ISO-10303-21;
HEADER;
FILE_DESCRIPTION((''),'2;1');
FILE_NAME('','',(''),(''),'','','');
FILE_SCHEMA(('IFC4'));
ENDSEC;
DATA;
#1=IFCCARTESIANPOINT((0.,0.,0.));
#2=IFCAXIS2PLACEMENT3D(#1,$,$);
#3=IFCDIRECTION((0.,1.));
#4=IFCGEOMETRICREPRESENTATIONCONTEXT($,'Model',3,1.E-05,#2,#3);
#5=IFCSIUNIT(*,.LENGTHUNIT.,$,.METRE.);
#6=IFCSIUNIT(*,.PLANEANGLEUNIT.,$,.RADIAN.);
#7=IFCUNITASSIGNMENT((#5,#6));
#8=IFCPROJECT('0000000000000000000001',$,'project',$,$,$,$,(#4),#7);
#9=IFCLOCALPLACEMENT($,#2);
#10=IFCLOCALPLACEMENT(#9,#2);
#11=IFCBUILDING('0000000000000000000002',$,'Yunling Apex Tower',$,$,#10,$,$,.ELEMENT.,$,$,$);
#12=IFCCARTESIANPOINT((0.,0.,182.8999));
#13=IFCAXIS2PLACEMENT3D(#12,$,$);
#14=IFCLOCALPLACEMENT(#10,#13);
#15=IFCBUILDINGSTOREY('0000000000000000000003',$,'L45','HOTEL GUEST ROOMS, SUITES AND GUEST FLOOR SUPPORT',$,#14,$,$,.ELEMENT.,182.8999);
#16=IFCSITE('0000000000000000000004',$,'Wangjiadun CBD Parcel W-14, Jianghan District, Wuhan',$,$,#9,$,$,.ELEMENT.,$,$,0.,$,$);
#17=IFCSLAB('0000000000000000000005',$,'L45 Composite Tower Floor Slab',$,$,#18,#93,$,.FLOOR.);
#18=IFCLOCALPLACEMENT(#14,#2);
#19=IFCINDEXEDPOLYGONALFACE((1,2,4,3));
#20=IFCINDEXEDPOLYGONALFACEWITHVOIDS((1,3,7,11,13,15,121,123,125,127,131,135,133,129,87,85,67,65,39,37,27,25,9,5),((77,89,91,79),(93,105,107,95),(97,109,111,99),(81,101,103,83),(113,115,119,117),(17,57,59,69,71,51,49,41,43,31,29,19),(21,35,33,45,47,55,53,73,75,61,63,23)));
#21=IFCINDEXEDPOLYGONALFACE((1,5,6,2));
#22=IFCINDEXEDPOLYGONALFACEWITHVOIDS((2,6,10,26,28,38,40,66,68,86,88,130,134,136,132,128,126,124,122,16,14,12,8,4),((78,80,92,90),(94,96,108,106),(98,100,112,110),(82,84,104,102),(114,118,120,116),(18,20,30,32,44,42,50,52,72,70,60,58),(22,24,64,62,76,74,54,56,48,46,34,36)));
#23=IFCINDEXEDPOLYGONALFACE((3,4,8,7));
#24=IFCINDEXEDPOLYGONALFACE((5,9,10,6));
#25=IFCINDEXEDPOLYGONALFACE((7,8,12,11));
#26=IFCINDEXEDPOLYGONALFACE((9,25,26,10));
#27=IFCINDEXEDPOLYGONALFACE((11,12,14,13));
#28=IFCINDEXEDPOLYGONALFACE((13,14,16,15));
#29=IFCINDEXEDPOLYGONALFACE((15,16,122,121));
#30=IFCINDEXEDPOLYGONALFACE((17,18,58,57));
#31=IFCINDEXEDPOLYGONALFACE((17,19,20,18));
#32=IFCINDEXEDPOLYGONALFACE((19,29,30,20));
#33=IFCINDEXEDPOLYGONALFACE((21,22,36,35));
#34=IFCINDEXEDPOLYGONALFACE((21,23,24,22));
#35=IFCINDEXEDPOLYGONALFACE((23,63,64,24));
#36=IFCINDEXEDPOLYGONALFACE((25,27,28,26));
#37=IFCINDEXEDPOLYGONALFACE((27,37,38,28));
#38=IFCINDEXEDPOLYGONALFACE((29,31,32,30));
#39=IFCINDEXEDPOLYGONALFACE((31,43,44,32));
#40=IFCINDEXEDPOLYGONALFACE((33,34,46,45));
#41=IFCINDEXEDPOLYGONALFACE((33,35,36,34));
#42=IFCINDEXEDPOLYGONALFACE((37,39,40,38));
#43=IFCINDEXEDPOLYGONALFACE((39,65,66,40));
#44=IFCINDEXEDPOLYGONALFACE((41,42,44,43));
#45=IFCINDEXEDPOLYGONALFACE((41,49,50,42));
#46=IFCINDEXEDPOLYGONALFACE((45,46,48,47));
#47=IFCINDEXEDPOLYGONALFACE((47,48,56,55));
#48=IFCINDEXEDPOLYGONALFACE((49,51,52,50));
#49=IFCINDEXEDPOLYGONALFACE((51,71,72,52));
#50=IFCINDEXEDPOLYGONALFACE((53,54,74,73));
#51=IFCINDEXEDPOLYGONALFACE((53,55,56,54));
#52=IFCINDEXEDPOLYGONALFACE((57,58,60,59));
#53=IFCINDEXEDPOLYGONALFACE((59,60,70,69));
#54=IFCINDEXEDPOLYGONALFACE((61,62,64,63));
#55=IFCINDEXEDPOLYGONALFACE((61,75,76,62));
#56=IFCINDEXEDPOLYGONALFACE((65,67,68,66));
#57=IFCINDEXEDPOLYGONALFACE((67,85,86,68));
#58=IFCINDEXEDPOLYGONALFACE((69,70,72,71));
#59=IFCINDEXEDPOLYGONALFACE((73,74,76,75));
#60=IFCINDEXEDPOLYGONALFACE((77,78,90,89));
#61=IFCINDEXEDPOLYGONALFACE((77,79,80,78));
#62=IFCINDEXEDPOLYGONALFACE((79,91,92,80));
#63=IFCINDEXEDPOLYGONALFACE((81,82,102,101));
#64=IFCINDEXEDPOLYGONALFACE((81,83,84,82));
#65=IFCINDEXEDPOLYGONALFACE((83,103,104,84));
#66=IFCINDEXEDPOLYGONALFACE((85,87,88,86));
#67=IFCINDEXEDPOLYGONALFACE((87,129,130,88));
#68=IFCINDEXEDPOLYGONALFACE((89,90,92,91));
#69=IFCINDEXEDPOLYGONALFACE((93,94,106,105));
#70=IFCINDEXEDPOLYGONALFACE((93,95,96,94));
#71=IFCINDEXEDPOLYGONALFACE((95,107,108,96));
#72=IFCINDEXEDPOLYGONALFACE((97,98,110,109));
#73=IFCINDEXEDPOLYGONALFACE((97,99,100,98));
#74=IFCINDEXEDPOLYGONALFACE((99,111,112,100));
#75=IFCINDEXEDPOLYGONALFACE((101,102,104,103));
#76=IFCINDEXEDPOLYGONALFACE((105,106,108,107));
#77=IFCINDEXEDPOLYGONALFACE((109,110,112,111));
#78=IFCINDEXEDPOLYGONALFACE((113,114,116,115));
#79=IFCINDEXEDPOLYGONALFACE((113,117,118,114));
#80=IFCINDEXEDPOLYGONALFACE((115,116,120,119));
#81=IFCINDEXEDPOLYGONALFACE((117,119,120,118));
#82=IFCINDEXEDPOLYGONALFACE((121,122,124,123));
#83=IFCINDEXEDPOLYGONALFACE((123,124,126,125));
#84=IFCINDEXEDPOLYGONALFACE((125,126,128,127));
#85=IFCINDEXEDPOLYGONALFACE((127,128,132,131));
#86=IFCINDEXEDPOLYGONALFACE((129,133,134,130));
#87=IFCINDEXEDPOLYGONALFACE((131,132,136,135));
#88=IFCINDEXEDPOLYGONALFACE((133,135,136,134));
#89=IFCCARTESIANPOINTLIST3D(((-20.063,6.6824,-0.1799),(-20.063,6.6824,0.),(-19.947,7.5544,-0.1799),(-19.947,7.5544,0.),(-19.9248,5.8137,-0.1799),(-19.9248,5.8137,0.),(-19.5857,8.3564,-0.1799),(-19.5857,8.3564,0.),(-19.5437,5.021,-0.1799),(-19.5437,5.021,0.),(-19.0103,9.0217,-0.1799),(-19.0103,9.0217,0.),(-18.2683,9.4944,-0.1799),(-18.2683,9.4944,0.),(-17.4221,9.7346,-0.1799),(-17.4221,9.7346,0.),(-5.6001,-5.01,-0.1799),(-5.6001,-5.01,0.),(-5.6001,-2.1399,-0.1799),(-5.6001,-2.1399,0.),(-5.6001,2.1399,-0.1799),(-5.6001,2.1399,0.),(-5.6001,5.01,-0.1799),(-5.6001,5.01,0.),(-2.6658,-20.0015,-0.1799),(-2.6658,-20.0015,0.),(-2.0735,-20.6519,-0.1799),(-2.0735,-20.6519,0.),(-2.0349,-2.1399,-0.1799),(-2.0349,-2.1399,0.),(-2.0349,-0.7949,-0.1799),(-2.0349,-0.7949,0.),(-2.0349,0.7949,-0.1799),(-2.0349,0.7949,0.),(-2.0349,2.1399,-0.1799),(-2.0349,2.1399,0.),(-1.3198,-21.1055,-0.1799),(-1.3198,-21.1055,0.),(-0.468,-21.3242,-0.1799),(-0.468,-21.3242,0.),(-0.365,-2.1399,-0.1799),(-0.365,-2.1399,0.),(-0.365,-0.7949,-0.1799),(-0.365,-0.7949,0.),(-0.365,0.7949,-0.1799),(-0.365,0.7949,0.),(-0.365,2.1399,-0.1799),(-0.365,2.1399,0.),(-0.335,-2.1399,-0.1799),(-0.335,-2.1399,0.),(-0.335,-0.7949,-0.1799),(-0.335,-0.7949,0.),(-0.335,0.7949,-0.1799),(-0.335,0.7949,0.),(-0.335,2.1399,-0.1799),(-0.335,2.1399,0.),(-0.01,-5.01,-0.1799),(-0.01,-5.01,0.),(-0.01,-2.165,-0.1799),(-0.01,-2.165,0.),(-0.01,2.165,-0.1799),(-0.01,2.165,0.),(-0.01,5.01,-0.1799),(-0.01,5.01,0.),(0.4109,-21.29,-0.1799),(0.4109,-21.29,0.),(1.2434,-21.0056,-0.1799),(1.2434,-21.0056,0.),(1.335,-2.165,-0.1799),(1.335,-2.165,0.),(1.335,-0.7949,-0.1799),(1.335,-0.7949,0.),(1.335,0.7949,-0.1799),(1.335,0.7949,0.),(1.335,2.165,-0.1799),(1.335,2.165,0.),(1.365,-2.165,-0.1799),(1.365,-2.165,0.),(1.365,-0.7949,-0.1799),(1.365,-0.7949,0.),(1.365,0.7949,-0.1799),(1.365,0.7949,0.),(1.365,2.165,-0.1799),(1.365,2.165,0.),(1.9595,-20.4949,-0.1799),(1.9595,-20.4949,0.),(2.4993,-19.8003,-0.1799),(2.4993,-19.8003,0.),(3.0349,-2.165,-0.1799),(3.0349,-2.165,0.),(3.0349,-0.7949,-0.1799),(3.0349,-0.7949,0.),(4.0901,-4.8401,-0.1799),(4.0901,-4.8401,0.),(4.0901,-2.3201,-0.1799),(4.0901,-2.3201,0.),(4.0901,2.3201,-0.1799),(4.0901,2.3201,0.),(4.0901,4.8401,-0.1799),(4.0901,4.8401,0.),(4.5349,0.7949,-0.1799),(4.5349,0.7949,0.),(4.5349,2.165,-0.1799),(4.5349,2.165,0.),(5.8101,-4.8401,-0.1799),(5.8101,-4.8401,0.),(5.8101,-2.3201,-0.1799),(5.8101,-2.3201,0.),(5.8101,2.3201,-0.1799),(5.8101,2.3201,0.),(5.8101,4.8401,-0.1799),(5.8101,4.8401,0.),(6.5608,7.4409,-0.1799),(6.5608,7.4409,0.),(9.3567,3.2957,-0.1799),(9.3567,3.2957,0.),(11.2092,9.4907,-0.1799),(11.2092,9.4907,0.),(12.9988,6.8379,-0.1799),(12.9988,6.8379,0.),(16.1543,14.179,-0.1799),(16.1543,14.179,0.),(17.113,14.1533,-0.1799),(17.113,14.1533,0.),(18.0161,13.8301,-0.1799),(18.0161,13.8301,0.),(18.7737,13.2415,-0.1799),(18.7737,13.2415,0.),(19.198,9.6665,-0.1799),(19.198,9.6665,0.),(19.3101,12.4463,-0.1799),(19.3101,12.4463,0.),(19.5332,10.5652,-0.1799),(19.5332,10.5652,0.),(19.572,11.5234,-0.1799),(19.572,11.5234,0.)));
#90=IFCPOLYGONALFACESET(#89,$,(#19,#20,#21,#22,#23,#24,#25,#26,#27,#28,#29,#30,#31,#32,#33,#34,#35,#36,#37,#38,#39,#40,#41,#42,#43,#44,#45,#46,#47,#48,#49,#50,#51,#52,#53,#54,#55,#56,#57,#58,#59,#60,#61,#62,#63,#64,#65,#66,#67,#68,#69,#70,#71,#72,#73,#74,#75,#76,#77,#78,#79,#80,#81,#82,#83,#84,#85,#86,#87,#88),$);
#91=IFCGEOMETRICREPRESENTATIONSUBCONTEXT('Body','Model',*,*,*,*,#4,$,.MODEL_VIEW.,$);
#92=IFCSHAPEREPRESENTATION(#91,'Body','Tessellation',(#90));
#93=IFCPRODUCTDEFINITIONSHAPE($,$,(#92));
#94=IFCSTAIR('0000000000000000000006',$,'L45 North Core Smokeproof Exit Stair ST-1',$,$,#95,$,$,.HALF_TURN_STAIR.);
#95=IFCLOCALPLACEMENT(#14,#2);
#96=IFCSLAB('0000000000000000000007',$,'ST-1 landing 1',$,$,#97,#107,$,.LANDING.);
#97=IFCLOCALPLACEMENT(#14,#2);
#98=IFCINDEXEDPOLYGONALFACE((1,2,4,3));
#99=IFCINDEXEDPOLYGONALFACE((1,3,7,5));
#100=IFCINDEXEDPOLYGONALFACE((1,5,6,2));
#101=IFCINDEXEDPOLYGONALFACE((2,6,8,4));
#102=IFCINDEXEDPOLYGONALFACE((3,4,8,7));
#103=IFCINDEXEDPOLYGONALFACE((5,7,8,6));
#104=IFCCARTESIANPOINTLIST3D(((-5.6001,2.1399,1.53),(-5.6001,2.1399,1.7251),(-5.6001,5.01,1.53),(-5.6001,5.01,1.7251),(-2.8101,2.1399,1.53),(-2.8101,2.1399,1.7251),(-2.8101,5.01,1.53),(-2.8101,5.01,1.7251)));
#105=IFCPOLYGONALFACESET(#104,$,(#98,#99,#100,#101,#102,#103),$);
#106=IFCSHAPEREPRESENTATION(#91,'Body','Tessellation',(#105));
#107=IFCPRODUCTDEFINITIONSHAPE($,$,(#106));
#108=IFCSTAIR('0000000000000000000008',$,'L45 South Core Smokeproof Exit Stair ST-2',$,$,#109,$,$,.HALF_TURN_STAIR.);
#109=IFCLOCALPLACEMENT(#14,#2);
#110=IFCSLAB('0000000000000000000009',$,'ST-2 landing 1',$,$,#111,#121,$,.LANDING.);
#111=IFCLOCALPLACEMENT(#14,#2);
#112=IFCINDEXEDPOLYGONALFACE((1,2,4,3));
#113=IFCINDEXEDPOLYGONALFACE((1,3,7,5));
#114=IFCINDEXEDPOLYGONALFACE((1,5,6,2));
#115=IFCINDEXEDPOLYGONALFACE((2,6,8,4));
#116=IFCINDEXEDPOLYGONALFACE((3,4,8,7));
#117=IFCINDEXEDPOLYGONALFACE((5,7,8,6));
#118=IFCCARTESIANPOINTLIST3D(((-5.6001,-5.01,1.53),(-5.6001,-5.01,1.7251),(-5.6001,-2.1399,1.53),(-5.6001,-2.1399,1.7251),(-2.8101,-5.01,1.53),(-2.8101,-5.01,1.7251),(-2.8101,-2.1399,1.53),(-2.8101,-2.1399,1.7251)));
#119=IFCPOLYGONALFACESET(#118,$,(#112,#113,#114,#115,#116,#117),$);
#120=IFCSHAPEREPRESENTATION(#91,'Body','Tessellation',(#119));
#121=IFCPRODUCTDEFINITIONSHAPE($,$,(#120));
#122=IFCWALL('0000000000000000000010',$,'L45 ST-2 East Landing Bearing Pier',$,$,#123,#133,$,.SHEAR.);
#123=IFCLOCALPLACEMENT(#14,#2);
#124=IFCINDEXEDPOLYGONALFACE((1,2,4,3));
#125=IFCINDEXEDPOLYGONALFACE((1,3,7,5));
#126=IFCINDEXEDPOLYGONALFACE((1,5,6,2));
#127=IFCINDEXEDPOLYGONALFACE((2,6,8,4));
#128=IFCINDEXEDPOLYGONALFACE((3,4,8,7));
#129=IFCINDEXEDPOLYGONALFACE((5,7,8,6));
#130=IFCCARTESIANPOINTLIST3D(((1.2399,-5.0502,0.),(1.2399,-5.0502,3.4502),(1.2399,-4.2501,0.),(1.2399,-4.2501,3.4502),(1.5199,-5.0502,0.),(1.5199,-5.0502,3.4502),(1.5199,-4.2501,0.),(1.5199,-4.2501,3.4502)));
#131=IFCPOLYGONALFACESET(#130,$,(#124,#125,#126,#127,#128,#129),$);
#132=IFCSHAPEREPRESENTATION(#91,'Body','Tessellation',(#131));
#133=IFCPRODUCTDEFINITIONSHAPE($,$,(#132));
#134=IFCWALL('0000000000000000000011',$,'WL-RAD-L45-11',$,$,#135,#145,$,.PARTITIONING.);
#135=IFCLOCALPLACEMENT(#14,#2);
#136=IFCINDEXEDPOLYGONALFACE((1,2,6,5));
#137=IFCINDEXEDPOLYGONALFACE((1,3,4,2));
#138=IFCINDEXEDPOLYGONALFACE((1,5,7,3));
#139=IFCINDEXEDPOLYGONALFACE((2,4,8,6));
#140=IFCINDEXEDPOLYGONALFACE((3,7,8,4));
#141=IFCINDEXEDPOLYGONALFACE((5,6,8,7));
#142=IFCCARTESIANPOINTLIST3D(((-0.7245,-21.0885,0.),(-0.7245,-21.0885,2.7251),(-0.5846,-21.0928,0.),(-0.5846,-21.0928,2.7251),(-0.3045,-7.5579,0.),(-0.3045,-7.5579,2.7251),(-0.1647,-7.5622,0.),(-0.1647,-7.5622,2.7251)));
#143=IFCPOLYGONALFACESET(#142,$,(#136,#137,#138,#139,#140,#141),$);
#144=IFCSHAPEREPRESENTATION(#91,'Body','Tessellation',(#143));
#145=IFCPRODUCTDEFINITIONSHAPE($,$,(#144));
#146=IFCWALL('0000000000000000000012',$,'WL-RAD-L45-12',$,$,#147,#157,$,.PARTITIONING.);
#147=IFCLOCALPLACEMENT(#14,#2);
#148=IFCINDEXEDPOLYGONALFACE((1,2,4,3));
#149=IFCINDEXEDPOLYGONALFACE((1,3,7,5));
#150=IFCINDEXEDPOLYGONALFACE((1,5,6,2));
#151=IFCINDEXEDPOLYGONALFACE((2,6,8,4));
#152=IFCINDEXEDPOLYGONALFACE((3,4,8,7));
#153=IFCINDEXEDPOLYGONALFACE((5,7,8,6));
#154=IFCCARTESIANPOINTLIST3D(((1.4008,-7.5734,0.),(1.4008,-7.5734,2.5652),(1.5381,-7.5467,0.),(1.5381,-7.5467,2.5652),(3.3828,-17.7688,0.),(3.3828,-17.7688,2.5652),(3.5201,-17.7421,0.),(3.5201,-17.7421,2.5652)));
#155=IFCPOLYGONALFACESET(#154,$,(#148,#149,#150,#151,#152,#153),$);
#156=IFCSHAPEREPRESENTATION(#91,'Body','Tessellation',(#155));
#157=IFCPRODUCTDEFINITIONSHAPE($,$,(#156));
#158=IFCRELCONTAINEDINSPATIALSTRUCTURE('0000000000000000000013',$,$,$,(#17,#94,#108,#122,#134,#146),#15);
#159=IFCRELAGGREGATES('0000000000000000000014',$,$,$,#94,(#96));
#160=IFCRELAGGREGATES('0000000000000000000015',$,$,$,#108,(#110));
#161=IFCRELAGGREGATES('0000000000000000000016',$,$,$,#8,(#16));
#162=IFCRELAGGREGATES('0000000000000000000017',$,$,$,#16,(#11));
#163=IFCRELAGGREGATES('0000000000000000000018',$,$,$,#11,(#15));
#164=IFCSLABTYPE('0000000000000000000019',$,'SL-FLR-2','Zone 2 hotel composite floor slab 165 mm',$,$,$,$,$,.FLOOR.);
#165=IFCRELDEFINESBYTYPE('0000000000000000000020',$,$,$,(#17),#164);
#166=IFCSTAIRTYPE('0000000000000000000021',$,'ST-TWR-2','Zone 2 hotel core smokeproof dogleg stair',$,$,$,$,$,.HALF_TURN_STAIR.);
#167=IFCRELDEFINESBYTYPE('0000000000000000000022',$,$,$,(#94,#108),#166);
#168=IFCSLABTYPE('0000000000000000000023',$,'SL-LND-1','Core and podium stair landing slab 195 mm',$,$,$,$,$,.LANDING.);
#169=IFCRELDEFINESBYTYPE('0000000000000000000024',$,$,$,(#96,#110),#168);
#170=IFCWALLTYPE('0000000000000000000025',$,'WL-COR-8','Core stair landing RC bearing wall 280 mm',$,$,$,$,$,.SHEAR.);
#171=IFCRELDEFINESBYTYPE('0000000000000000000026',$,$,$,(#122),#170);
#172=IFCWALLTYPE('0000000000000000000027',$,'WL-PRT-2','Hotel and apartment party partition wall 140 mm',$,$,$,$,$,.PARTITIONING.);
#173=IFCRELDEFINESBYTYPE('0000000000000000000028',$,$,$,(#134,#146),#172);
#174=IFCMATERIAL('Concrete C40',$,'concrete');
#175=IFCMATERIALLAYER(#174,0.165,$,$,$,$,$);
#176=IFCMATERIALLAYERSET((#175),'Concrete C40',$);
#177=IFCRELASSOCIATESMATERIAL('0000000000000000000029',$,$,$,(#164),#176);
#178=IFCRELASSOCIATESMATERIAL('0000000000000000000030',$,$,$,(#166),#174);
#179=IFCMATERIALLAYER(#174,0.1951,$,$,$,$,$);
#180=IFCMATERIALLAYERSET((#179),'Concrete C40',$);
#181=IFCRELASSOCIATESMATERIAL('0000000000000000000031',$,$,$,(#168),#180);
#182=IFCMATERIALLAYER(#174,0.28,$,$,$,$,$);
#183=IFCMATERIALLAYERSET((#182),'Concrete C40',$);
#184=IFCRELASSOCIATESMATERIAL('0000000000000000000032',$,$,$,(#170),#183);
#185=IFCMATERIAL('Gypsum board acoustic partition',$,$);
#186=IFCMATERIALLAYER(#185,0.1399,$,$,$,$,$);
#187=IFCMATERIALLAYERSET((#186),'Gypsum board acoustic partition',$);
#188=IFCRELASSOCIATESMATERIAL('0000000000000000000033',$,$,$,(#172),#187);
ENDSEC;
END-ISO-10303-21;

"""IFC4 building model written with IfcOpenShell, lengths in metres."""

from ifc_helpers import new_model, si_unit, direction, frame, frame_2d, origin, place, context, subcontext, project, spatial, polyline, rectangle, outline, extrude, material, layer, layer_set, type_object, element, aggregate, save


model = new_model("IFC4")

# Units and contexts
model_context = context("Model", 3, precision=1e-05, world=origin(), true_north=direction((0.0, 1.0)))
body_context = subcontext(model_context, "Body", "Model", "MODEL_VIEW")
ifc_project = project(units=[si_unit("LENGTHUNIT", "METRE"), si_unit("PLANEANGLEUNIT", "RADIAN")], contexts=[model_context])

# Site, building, storey
site_placement = place(None, origin())
site = spatial("IfcSite", under=ifc_project, at=site_placement, Name="Wangjiadun CBD Parcel W-14, Jianghan District, Wuhan", CompositionType="ELEMENT", RefElevation=0.0)
building_placement = place(site_placement, origin())
building = spatial("IfcBuilding", under=site, at=building_placement, Name="Yunling Apex Tower", CompositionType="ELEMENT")
storey_placement = place(building_placement, frame((0.0, 0.0, 182.8999)))
storey = spatial("IfcBuildingStorey", under=building, at=storey_placement, Name="L45", Description="HOTEL GUEST ROOMS, SUITES AND GUEST FLOOR SUPPORT", CompositionType="ELEMENT", Elevation=182.8999)

# Slab
ifc_material_1 = material(Name="Concrete C40", Category="concrete")
ifc_layer_1 = layer(ifc_material_1, 0.165)
ifc_layer_set_1 = layer_set([ifc_layer_1], Name="Concrete C40")
slab_type_1 = type_object("IfcSlabType", Name="SL-FLR-2", Description="Zone 2 hotel composite floor slab 165 mm", PredefinedType="FLOOR", material=ifc_layer_set_1)
slab_1_placement = place(storey_placement, frame((0.0, 0.0, -0.1799)))
element("IfcSlab", 1, at=slab_1_placement, inside=storey, type_object=slab_type_1, Name="L45 Composite Tower Floor Slab", PredefinedType="FLOOR", context=body_context, shape_type="SweptSolid", body=[
    extrude(outline(polyline([(-2.6658, -20.0015), (-2.0735, -20.6519), (-1.3198, -21.1055), (-0.468, -21.3242), (0.4109, -21.29), (1.2434, -21.0056), (1.9595, -20.4949), (2.4993, -19.8003), (19.198, 9.6665), (19.5332, 10.5652), (19.572, 11.5234), (19.3101, 12.4463), (18.7737, 13.2415), (18.0161, 13.8301), (17.113, 14.1533), (16.1543, 14.179), (-17.4221, 9.7346), (-18.2683, 9.4944), (-19.0103, 9.0217), (-19.5857, 8.3564), (-19.947, 7.5544), (-20.063, 6.6824), (-19.9248, 5.8137), (-19.5437, 5.021), (-2.6658, -20.0015)]), holes=[polyline([(11.2092, 9.4907), (12.9988, 6.8379), (9.3567, 3.2957), (6.5608, 7.4409), (11.2092, 9.4907)]), polyline([(4.0901, -2.3201), (5.8101, -2.3201), (5.8101, -4.8401), (4.0901, -4.8401), (4.0901, -2.3201)]), polyline([(5.8101, 4.8401), (5.8101, 2.3201), (4.0901, 2.3201), (4.0901, 4.8401), (5.8101, 4.8401)]), polyline([(1.365, 2.165), (4.5349, 2.165), (4.5349, 0.7949), (1.365, 0.7949), (1.365, 2.165)]), polyline([(3.0349, -0.7949), (3.0349, -2.165), (1.365, -2.165), (1.365, -0.7949), (3.0349, -0.7949)]), polyline([(-2.0349, -0.7949), (-0.365, -0.7949), (-0.365, -2.1399), (-0.335, -2.1399), (-0.335, -0.7949), (1.335, -0.7949), (1.335, -2.165), (-0.01, -2.165), (-0.01, -5.01), (-5.6001, -5.01), (-5.6001, -2.1399), (-2.0349, -2.1399), (-2.0349, -0.7949)]), polyline([(-5.6001, 2.1399), (-5.6001, 5.01), (-0.01, 5.01), (-0.01, 2.165), (1.335, 2.165), (1.335, 0.7949), (-0.335, 0.7949), (-0.335, 2.1399), (-0.365, 2.1399), (-0.365, 0.7949), (-2.0349, 0.7949), (-2.0349, 2.1399), (-5.6001, 2.1399)])]), origin(), (0.0, 0.0, 1.0), 0.1799),
])

# Stairs, slabs
stair_type = type_object("IfcStairType", Name="ST-TWR-2", Description="Zone 2 hotel core smokeproof dogleg stair", PredefinedType="HALF_TURN_STAIR", material=ifc_material_1)
stair_1_placement = place(storey_placement, origin())
stair_1 = element("IfcStair", 2, at=stair_1_placement, inside=storey, type_object=stair_type, Name="L45 North Core Smokeproof Exit Stair ST-1", PredefinedType="HALF_TURN_STAIR")
ifc_layer_2 = layer(ifc_material_1, 0.1951)
ifc_layer_set_2 = layer_set([ifc_layer_2], Name="Concrete C40")
slab_type_2 = type_object("IfcSlabType", Name="SL-LND-1", Description="Core and podium stair landing slab 195 mm", PredefinedType="LANDING", material=ifc_layer_set_2)
slab_2_placement = place(storey_placement, frame((0.0, 0.0, 1.53)))
slab_2 = element("IfcSlab", 3, at=slab_2_placement, type_object=slab_type_2, Name="ST-1 landing 1", PredefinedType="LANDING", context=body_context, shape_type="SweptSolid", body=[
    extrude(outline(polyline([(-2.8101, 5.01), (-5.6001, 5.01), (-5.6001, 2.1399), (-2.8101, 2.1399), (-2.8101, 5.01)])), origin(), (0.0, 0.0, 1.0), 0.1951),
])
aggregate(stair_1, [slab_2])
stair_2_placement = place(storey_placement, origin())
stair_2 = element("IfcStair", 4, at=stair_2_placement, inside=storey, type_object=stair_type, Name="L45 South Core Smokeproof Exit Stair ST-2", PredefinedType="HALF_TURN_STAIR")
slab_3_placement = place(storey_placement, frame((0.0, 0.0, 1.53)))
slab_3 = element("IfcSlab", 5, at=slab_3_placement, type_object=slab_type_2, Name="ST-2 landing 1", PredefinedType="LANDING", context=body_context, shape_type="SweptSolid", body=[
    extrude(outline(polyline([(-2.8101, -2.1399), (-5.6001, -2.1399), (-5.6001, -5.01), (-2.8101, -5.01), (-2.8101, -2.1399)])), origin(), (0.0, 0.0, 1.0), 0.1951),
])

# Walls
ifc_layer_3 = layer(ifc_material_1, 0.28)
ifc_layer_set_3 = layer_set([ifc_layer_3], Name="Concrete C40")
wall_type_1 = type_object("IfcWallType", Name="WL-COR-8", Description="Core stair landing RC bearing wall 280 mm", PredefinedType="SHEAR", material=ifc_layer_set_3)
wall_1_placement = place(storey_placement, frame((1.3799, -5.05, 0.0), z_axis=(0.0, 0.0, 1.0), x_axis=(0.0, 1.0, 0.0)))
element("IfcWall", 6, at=wall_1_placement, inside=storey, type_object=wall_type_1, Name="L45 ST-2 East Landing Bearing Pier", PredefinedType="SHEAR", context=body_context, shape_type="SweptSolid", body=[
    extrude(rectangle(XDim=0.8, YDim=0.28, at=frame_2d((0.3999, 0.0))), origin(), (0.0, 0.0, 1.0), 3.4502),
])
ifc_material_2 = material(Name="Gypsum board acoustic partition")
ifc_layer_4 = layer(ifc_material_2, 0.1399)
ifc_layer_set_4 = layer_set([ifc_layer_4], Name="Gypsum board acoustic partition")
wall_type_2 = type_object("IfcWallType", Name="WL-PRT-2", Description="Hotel and apartment party partition wall 140 mm", PredefinedType="PARTITIONING", material=ifc_layer_set_4)
wall_2_placement = place(storey_placement, frame((-0.2346, -7.5601, 0.0), z_axis=(0.0, 0.0, 1.0), x_axis=(-0.03102, -0.999519, 0.0)))
element("IfcWall", 7, at=wall_2_placement, inside=storey, type_object=wall_type_2, Name="WL-RAD-L45-11", PredefinedType="PARTITIONING", context=body_context, shape_type="SweptSolid", body=[
    extrude(rectangle(XDim=13.5371, YDim=0.1399, at=frame_2d((6.7686, 0.0))), origin(), (0.0, 0.0, 1.0), 2.7251),
])
wall_3_placement = place(storey_placement, frame((1.4695, -7.5601, 0.0), z_axis=(0.0, 0.0, 1.0), x_axis=(0.190824, -0.981624, 0.0)))
element("IfcWall", 8, at=wall_3_placement, inside=storey, type_object=wall_type_2, Name="WL-RAD-L45-12", PredefinedType="PARTITIONING", context=body_context, shape_type="SweptSolid", body=[
    extrude(rectangle(XDim=10.3862, YDim=0.1399, at=frame_2d((5.1931, 0.0))), origin(), (0.0, 0.0, 1.0), 2.5652),
])

aggregate(stair_2, [slab_3])

save(model, "model.ifc")
